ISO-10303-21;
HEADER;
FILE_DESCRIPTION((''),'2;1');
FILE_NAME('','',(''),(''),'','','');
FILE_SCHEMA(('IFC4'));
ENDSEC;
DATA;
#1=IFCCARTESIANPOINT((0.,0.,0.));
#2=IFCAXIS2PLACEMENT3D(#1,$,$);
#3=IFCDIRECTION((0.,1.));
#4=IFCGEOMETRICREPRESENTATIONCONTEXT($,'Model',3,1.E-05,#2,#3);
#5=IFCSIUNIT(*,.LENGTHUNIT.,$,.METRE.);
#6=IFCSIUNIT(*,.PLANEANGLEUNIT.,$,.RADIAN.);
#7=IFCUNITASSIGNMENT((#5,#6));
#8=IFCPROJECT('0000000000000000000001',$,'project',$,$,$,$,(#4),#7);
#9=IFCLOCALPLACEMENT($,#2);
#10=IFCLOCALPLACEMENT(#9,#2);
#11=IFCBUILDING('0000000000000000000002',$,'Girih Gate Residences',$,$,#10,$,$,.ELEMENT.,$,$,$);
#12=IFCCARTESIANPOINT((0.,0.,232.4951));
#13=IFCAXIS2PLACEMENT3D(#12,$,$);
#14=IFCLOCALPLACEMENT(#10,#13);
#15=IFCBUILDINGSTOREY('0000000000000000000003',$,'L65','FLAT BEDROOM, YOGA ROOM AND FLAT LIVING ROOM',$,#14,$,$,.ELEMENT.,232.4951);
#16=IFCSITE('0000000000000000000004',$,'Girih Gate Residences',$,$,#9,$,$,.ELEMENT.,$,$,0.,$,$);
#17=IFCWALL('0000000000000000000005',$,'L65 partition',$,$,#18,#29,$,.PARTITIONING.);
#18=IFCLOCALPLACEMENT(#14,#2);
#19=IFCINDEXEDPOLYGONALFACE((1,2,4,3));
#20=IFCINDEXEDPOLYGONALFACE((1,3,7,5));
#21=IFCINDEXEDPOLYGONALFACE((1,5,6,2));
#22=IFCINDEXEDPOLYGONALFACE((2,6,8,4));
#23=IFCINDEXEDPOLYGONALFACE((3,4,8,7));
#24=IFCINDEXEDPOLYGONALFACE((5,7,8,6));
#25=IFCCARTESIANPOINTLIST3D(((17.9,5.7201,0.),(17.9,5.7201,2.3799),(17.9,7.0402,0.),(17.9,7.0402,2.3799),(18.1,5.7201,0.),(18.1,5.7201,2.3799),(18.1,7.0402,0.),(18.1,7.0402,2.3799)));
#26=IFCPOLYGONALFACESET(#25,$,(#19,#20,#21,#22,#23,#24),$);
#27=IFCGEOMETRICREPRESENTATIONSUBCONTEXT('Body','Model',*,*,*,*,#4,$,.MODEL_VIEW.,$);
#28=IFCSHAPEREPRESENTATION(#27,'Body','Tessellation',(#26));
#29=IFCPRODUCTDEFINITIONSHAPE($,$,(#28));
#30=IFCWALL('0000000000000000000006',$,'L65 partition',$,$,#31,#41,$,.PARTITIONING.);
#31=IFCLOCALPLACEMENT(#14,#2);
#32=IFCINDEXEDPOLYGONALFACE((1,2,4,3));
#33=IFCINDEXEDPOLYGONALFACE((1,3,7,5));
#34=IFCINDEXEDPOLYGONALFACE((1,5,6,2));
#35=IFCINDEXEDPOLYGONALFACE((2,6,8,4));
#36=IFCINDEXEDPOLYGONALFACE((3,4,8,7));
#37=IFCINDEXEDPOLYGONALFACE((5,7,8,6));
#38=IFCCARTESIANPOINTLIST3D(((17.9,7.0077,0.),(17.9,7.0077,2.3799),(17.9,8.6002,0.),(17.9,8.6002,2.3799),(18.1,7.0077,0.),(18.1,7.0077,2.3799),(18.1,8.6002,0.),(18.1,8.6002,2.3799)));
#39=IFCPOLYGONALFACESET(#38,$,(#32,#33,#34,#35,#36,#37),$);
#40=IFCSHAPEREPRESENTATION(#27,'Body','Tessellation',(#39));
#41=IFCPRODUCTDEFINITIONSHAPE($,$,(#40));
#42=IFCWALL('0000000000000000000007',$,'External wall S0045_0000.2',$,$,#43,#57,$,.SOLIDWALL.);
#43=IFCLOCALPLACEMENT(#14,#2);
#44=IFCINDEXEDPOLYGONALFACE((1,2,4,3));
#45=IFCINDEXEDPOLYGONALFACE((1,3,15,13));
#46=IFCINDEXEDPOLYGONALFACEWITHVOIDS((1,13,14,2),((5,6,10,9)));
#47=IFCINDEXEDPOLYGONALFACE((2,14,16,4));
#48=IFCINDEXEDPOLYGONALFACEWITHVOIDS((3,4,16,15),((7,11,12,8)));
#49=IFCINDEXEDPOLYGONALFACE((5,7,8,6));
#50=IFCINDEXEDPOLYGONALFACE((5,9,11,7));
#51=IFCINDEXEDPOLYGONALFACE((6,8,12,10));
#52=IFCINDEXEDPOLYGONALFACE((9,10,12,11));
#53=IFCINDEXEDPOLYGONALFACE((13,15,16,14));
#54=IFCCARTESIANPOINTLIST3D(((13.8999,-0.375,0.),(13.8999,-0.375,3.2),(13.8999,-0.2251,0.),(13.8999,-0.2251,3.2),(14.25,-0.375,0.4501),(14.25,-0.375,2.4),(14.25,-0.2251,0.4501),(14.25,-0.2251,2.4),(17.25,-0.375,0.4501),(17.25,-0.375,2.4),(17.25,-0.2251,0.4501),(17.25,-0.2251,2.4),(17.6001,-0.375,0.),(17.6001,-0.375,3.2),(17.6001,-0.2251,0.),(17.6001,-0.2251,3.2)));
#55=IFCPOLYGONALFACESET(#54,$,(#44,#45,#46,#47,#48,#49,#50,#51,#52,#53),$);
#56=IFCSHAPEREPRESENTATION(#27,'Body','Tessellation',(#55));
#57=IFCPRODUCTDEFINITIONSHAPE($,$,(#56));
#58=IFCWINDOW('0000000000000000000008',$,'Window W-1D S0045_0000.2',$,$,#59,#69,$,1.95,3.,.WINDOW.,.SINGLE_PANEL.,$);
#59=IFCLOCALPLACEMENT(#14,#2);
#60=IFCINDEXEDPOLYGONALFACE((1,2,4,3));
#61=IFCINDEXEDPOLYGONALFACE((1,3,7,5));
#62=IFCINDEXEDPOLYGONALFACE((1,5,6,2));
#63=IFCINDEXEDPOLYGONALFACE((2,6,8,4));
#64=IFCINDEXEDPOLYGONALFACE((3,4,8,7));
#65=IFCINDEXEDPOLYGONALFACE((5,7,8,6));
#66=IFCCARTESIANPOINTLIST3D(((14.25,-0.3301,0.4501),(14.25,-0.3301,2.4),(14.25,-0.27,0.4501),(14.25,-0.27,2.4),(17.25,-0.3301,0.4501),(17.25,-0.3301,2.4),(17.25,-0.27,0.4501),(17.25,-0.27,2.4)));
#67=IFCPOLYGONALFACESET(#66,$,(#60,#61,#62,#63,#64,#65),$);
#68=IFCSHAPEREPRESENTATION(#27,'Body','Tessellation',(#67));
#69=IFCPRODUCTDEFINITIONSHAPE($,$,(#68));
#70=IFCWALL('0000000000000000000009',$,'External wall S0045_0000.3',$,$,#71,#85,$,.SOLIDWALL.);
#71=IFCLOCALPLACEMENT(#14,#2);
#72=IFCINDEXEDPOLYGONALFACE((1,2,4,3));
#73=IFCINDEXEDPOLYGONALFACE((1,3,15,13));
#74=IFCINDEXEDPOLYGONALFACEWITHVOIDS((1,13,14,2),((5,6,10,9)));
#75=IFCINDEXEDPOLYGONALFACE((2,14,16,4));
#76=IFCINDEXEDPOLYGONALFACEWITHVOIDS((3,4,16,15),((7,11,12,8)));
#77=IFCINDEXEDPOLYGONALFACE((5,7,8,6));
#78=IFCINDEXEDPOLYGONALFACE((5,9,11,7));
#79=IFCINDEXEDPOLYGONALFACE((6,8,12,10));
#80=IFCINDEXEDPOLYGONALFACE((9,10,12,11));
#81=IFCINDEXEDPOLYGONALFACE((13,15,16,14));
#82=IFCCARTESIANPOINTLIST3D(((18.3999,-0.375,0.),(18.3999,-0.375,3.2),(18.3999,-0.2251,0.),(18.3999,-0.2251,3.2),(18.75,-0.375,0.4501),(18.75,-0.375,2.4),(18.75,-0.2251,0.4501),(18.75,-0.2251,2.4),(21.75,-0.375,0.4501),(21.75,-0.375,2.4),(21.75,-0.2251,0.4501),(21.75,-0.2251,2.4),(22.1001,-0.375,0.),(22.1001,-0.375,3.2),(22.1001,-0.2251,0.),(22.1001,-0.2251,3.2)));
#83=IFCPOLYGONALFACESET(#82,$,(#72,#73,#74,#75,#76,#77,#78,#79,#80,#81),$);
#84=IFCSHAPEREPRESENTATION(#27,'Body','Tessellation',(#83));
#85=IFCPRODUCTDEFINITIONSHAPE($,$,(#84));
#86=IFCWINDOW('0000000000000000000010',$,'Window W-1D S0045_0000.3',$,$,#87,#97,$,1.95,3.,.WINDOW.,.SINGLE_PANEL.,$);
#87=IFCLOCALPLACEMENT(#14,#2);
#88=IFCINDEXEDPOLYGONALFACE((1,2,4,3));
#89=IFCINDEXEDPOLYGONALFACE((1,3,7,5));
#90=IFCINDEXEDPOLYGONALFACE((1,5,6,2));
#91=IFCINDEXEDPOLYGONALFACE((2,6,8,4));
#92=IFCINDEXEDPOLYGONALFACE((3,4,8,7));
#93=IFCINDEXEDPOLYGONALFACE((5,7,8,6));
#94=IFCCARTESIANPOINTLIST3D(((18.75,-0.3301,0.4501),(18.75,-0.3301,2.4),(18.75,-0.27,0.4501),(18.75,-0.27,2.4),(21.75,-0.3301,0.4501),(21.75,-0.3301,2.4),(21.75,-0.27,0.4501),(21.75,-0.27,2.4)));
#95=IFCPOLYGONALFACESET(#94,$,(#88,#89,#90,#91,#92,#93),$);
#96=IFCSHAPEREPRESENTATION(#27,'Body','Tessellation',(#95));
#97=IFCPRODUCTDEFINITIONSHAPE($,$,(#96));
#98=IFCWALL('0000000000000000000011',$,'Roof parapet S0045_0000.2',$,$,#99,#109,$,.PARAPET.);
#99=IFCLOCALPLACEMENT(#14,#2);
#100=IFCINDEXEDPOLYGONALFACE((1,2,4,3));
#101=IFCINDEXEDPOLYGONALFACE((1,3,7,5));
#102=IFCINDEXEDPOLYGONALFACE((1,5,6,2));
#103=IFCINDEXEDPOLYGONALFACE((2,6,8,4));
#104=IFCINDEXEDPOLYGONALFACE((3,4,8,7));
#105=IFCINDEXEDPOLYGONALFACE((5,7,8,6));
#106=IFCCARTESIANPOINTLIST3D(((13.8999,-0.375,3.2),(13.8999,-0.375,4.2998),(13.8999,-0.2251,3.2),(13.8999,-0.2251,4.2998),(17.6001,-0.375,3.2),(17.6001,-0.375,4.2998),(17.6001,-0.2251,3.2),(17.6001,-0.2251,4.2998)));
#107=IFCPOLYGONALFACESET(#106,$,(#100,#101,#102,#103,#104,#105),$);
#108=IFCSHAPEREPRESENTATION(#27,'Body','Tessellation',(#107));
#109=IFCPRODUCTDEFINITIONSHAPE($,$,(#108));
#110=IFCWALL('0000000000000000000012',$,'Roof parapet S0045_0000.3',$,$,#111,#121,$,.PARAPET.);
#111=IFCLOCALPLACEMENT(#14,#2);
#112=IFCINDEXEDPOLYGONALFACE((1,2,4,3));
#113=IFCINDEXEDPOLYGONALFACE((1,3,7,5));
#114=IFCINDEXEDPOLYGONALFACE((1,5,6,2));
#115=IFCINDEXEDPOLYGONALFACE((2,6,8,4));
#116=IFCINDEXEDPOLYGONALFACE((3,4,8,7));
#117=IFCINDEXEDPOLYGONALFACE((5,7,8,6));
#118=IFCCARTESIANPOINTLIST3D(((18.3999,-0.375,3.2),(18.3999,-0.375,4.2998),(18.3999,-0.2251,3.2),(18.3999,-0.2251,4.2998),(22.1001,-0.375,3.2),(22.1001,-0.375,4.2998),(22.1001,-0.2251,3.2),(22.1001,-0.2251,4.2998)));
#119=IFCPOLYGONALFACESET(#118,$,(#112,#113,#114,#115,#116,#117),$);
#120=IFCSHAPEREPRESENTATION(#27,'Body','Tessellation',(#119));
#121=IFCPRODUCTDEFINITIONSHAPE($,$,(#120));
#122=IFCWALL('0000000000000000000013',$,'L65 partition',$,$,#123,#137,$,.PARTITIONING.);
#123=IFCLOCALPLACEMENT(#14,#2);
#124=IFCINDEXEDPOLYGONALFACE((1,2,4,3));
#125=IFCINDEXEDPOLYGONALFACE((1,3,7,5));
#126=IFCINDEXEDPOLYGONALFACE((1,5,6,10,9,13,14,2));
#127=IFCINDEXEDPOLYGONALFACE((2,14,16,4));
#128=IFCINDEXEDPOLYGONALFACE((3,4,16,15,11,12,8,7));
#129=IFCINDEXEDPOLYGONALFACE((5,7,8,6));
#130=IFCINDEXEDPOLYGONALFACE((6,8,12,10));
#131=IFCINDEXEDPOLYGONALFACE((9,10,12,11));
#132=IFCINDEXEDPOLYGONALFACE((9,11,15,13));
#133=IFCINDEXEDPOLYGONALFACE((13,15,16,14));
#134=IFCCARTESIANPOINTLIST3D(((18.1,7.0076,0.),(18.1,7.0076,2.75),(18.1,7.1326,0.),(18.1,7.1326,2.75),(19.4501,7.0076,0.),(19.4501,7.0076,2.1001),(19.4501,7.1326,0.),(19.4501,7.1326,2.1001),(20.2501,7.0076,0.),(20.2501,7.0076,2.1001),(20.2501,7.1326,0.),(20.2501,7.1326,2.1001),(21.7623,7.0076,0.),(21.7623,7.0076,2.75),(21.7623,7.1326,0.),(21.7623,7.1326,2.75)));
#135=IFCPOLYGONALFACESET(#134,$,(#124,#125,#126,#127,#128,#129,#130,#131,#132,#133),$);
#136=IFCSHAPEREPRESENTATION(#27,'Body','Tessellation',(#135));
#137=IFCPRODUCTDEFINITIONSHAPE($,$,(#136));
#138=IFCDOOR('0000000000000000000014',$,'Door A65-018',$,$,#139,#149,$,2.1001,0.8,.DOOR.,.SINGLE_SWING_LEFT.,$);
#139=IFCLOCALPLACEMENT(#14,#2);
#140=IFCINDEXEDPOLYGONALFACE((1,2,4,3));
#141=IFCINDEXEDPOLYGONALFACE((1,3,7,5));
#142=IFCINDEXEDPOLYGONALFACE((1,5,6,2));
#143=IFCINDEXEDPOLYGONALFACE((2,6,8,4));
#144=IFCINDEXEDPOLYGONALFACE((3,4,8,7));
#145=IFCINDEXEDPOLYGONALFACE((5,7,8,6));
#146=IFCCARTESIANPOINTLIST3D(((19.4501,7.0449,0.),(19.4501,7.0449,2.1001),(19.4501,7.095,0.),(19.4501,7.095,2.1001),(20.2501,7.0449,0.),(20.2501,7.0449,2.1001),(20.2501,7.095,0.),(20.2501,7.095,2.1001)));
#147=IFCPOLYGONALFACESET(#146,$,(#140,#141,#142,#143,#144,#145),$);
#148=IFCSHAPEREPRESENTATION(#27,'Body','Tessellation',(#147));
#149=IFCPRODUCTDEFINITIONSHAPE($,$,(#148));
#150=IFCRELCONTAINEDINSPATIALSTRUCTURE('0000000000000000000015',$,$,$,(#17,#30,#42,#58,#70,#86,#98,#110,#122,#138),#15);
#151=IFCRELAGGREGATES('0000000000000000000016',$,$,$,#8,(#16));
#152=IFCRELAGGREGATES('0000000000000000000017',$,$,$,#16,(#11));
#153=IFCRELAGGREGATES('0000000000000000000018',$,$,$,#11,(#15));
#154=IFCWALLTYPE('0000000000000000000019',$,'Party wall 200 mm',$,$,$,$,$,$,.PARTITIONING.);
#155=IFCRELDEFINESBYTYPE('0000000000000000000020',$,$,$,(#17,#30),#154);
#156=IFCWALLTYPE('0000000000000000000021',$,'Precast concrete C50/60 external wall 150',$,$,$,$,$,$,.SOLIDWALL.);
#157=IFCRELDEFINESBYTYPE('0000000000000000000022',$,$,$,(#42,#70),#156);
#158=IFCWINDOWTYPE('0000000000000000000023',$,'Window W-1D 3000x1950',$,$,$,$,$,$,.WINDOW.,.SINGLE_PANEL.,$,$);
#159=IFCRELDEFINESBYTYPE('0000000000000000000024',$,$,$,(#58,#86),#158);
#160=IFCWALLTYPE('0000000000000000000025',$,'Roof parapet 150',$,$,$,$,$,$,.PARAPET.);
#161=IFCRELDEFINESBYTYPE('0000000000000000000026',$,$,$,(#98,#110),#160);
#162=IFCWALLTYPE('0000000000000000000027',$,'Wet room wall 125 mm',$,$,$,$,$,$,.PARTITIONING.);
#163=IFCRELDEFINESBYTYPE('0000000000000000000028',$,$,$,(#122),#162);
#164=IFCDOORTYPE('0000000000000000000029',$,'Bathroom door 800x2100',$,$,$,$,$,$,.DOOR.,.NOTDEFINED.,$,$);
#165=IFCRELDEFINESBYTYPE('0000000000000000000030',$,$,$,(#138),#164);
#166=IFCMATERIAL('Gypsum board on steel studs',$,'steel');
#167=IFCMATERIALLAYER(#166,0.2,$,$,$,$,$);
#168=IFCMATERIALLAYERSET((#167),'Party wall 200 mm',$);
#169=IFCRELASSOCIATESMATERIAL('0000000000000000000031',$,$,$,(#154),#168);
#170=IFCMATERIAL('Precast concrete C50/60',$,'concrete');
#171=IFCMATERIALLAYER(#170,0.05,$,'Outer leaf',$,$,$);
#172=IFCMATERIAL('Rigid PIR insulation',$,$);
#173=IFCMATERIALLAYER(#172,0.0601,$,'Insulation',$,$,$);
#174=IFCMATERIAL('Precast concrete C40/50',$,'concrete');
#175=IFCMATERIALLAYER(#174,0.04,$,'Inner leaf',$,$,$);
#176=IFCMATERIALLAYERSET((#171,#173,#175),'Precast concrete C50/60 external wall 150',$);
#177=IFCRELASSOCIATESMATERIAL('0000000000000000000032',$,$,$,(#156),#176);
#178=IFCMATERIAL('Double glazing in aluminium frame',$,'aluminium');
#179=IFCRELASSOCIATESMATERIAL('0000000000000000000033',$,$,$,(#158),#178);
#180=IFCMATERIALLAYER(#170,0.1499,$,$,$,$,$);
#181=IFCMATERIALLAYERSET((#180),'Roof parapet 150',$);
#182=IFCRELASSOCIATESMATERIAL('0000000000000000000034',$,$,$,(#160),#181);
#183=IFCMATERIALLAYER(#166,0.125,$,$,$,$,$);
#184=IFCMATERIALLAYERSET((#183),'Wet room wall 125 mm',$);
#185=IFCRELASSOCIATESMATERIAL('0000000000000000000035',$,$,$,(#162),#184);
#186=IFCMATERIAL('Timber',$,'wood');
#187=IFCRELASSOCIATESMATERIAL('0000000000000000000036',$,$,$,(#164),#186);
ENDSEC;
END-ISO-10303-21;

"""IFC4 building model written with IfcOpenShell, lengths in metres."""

from ifc_helpers import new_model, si_unit, direction, frame, frame_2d, origin, place, context, subcontext, project, spatial, rectangle, extrude, material, layer, layer_set, type_object, element, fill, save


model = new_model("IFC4")

# Units and contexts
model_context = context("Model", 3, precision=1e-05, world=origin(), true_north=direction((0.0, 1.0)))
body_context = subcontext(model_context, "Body", "Model", "MODEL_VIEW")
ifc_project = project(units=[si_unit("LENGTHUNIT", "METRE"), si_unit("PLANEANGLEUNIT", "RADIAN")], contexts=[model_context])

# Site, building, storey
site_placement = place(None, origin())
site = spatial("IfcSite", under=ifc_project, at=site_placement, Name="Girih Gate Residences", CompositionType="ELEMENT", RefElevation=0.0)
building_placement = place(site_placement, origin())
building = spatial("IfcBuilding", under=site, at=building_placement, Name="Girih Gate Residences", CompositionType="ELEMENT")
storey_placement = place(building_placement, frame((0.0, 0.0, 232.4951)))
storey = spatial("IfcBuildingStorey", under=building, at=storey_placement, Name="L65", Description="FLAT BEDROOM, YOGA ROOM AND FLAT LIVING ROOM", CompositionType="ELEMENT", Elevation=232.4951)

# Shared definitions
ifc_material_1 = material(Name="Gypsum board on steel studs", Category="steel")
ifc_material_2 = material(Name="Timber", Category="wood")

# Walls
ifc_layer_1 = layer(ifc_material_1, 0.2)
ifc_layer_set_1 = layer_set([ifc_layer_1], Name="Party wall 200 mm")
wall_type_1 = type_object("IfcWallType", Name="Party wall 200 mm", PredefinedType="PARTITIONING", material=ifc_layer_set_1)
wall_1_placement = place(storey_placement, frame((18.0, 5.72, 0.0), z_axis=(0.0, 0.0, 1.0), x_axis=(0.0, 1.0, 0.0)))
element("IfcWall", 1, at=wall_1_placement, inside=storey, type_object=wall_type_1, Name="L65 partition", PredefinedType="PARTITIONING", context=body_context, shape_type="SweptSolid", body=[
    extrude(rectangle(XDim=1.3201, YDim=0.2, at=frame_2d((0.6602, 0.0))), origin(), (0.0, 0.0, 1.0), 2.3799),
])
wall_2_placement = place(storey_placement, frame((18.0, 7.0076, 0.0), z_axis=(0.0, 0.0, 1.0), x_axis=(0.0, 1.0, 0.0)))
element("IfcWall", 2, at=wall_2_placement, inside=storey, type_object=wall_type_1, Name="L65 partition", PredefinedType="PARTITIONING", context=body_context, shape_type="SweptSolid", body=[
    extrude(rectangle(XDim=1.5925, YDim=0.2, at=frame_2d((0.7964, 0.0))), origin(), (0.0, 0.0, 1.0), 2.3799),
])

# Walls, openings, windows
ifc_material_3 = material(Name="Precast concrete C50/60", Category="concrete")
ifc_layer_2 = layer(ifc_material_3, 0.05, Name="Outer leaf")
ifc_material_4 = material(Name="Rigid PIR insulation")
ifc_layer_3 = layer(ifc_material_4, 0.0601, Name="Insulation")
ifc_material_5 = material(Name="Precast concrete C40/50", Category="concrete")
ifc_layer_4 = layer(ifc_material_5, 0.04, Name="Inner leaf")
ifc_layer_set_2 = layer_set([ifc_layer_2, ifc_layer_3, ifc_layer_4], Name="Precast concrete C50/60 external wall 150")
wall_type_2 = type_object("IfcWallType", Name="Precast concrete C50/60 external wall 150", PredefinedType="SOLIDWALL", material=ifc_layer_set_2)
wall_3_placement = place(storey_placement, frame((17.6001, -0.3, 0.0), z_axis=(0.0, 0.0, 1.0), x_axis=(-1.0, 0.0, 0.0)))
wall_3 = element("IfcWall", 3, at=wall_3_placement, inside=storey, type_object=wall_type_2, Name="External wall S0045_0000.2", PredefinedType="SOLIDWALL", context=body_context, shape_type="SweptSolid", body=[
    extrude(rectangle(XDim=3.7002, YDim=0.1499, at=frame_2d((1.8501, 0.0))), origin(), (0.0, 0.0, 1.0), 3.2),
])
opening_1_placement = place(wall_3_placement, frame((0.3501, 0.0, 0.45)))
opening_1 = element("IfcOpeningElement", 4, at=opening_1_placement, cuts=wall_3, PredefinedType="OPENING", context=body_context, shape_type="SweptSolid", body=[
    extrude(rectangle(XDim=3.0, YDim=1.95, at=frame_2d((1.5, 0.9751))), frame((0.0, 0.085, 0.0), z_axis=(0.0, -1.0, 0.0), x_axis=(1.0, 0.0, 0.0)), (0.0, 0.0, 1.0), 0.1699),
])
ifc_material_6 = material(Name="Double glazing in aluminium frame", Category="aluminium")
window_type = type_object("IfcWindowType", Name="Window W-1D 3000x1950", PartitioningType="SINGLE_PANEL", PredefinedType="WINDOW", material=ifc_material_6)
window_1_placement = place(opening_1_placement, origin())
window_1 = element("IfcWindow", 5, at=window_1_placement, inside=storey, type_object=window_type, Name="Window W-1D S0045_0000.2", OverallHeight=1.95, OverallWidth=3.0, PartitioningType="SINGLE_PANEL", PredefinedType="WINDOW", context=body_context, shape_type="SweptSolid", body=[
    extrude(rectangle(XDim=3.0, YDim=1.95, at=frame_2d((1.5, 0.9751))), frame((0.0, 0.03, 0.0), z_axis=(0.0, -1.0, 0.0), x_axis=(1.0, 0.0, 0.0)), (0.0, 0.0, 1.0), 0.0601),
])
fill(opening_1, window_1)
wall_4_placement = place(storey_placement, frame((22.1001, -0.3, 0.0), z_axis=(0.0, 0.0, 1.0), x_axis=(-1.0, 0.0, 0.0)))
wall_4 = element("IfcWall", 6, at=wall_4_placement, inside=storey, type_object=wall_type_2, Name="External wall S0045_0000.3", PredefinedType="SOLIDWALL", context=body_context, shape_type="SweptSolid", body=[
    extrude(rectangle(XDim=3.7002, YDim=0.1499, at=frame_2d((1.8501, 0.0))), origin(), (0.0, 0.0, 1.0), 3.2),
])
opening_2_placement = place(wall_4_placement, frame((0.3501, 0.0, 0.45)))
opening_2 = element("IfcOpeningElement", 7, at=opening_2_placement, cuts=wall_4, PredefinedType="OPENING", context=body_context, shape_type="SweptSolid", body=[
    extrude(rectangle(XDim=3.0, YDim=1.95, at=frame_2d((1.5, 0.9751))), frame((0.0, 0.085, 0.0), z_axis=(0.0, -1.0, 0.0), x_axis=(1.0, 0.0, 0.0)), (0.0, 0.0, 1.0), 0.1699),
])
window_2_placement = place(opening_2_placement, origin())
window_2 = element("IfcWindow", 8, at=window_2_placement, inside=storey, type_object=window_type, Name="Window W-1D S0045_0000.3", OverallHeight=1.95, OverallWidth=3.0, PartitioningType="SINGLE_PANEL", PredefinedType="WINDOW", context=body_context, shape_type="SweptSolid", body=[
    extrude(rectangle(XDim=3.0, YDim=1.95, at=frame_2d((1.5, 0.9751))), frame((0.0, 0.03, 0.0), z_axis=(0.0, -1.0, 0.0), x_axis=(1.0, 0.0, 0.0)), (0.0, 0.0, 1.0), 0.0601),
])
fill(opening_2, window_2)

# Walls
ifc_layer_5 = layer(ifc_material_3, 0.1499)
ifc_layer_set_3 = layer_set([ifc_layer_5], Name="Roof parapet 150")
wall_type_3 = type_object("IfcWallType", Name="Roof parapet 150", PredefinedType="PARAPET", material=ifc_layer_set_3)
for number, where, z_axis, x_axis, name in (
    (9, (17.6001, -0.3, 3.2), (0.0, 0.0, 1.0), (-1.0, 0.0, 0.0), "Roof parapet S0045_0000.2"),
    (10, (22.1001, -0.3, 3.2), (0.0, 0.0, 1.0), (-1.0, 0.0, 0.0), "Roof parapet S0045_0000.3"),
):
    element("IfcWall", number, at=place(storey_placement, frame(where, z_axis=z_axis, x_axis=x_axis)), inside=storey, type_object=wall_type_3, Name=name, PredefinedType="PARAPET", context=body_context, shape_type="SweptSolid", body=[
        extrude(rectangle(XDim=3.7002, YDim=0.1499, at=frame_2d((1.8501, 0.0))), origin(), (0.0, 0.0, 1.0), 1.0999),
    ])

# Wall, opening, door
ifc_layer_6 = layer(ifc_material_1, 0.125)
ifc_layer_set_4 = layer_set([ifc_layer_6], Name="Wet room wall 125 mm")
wall_type_4 = type_object("IfcWallType", Name="Wet room wall 125 mm", PredefinedType="PARTITIONING", material=ifc_layer_set_4)
wall_5_placement = place(storey_placement, frame((18.1001, 7.0701, 0.0), z_axis=(0.0, 0.0, 1.0), x_axis=(1.0, 0.0, 0.0)))
wall_5 = element("IfcWall", 11, at=wall_5_placement, inside=storey, type_object=wall_type_4, Name="L65 partition", PredefinedType="PARTITIONING", context=body_context, shape_type="SweptSolid", body=[
    extrude(rectangle(XDim=3.6624, YDim=0.125, at=frame_2d((1.8311, 0.0))), origin(), (0.0, 0.0, 1.0), 2.75),
])
opening_3_placement = place(wall_5_placement, frame((1.3501, 0.0, 0.0)))
opening_3 = element("IfcOpeningElement", 12, at=opening_3_placement, cuts=wall_5, PredefinedType="OPENING", context=body_context, shape_type="SweptSolid", body=[
    extrude(rectangle(XDim=0.8, YDim=2.1001, at=frame_2d((0.3999, 1.05))), frame((0.0, 0.0725, 0.0), z_axis=(0.0, -1.0, 0.0), x_axis=(1.0, 0.0, 0.0)), (0.0, 0.0, 1.0), 0.145),
])
door_type_1 = type_object("IfcDoorType", Name="Bathroom door 800x2100", OperationType="NOTDEFINED", PredefinedType="DOOR", material=ifc_material_2)
door_1_placement = place(opening_3_placement, origin())
door_1 = element("IfcDoor", 13, at=door_1_placement, inside=storey, type_object=door_type_1, Name="Door A65-018", OperationType="SINGLE_SWING_LEFT", OverallHeight=2.1001, OverallWidth=0.8, PredefinedType="DOOR", context=body_context, shape_type="SweptSolid", body=[
    extrude(rectangle(XDim=0.8, YDim=2.1001, at=frame_2d((0.3999, 1.05))), frame((0.0, 0.0249, 0.0), z_axis=(0.0, -1.0, 0.0), x_axis=(1.0, 0.0, 0.0)), (0.0, 0.0, 1.0), 0.05),
])
fill(opening_3, door_1)

save(model, "model.ifc")
